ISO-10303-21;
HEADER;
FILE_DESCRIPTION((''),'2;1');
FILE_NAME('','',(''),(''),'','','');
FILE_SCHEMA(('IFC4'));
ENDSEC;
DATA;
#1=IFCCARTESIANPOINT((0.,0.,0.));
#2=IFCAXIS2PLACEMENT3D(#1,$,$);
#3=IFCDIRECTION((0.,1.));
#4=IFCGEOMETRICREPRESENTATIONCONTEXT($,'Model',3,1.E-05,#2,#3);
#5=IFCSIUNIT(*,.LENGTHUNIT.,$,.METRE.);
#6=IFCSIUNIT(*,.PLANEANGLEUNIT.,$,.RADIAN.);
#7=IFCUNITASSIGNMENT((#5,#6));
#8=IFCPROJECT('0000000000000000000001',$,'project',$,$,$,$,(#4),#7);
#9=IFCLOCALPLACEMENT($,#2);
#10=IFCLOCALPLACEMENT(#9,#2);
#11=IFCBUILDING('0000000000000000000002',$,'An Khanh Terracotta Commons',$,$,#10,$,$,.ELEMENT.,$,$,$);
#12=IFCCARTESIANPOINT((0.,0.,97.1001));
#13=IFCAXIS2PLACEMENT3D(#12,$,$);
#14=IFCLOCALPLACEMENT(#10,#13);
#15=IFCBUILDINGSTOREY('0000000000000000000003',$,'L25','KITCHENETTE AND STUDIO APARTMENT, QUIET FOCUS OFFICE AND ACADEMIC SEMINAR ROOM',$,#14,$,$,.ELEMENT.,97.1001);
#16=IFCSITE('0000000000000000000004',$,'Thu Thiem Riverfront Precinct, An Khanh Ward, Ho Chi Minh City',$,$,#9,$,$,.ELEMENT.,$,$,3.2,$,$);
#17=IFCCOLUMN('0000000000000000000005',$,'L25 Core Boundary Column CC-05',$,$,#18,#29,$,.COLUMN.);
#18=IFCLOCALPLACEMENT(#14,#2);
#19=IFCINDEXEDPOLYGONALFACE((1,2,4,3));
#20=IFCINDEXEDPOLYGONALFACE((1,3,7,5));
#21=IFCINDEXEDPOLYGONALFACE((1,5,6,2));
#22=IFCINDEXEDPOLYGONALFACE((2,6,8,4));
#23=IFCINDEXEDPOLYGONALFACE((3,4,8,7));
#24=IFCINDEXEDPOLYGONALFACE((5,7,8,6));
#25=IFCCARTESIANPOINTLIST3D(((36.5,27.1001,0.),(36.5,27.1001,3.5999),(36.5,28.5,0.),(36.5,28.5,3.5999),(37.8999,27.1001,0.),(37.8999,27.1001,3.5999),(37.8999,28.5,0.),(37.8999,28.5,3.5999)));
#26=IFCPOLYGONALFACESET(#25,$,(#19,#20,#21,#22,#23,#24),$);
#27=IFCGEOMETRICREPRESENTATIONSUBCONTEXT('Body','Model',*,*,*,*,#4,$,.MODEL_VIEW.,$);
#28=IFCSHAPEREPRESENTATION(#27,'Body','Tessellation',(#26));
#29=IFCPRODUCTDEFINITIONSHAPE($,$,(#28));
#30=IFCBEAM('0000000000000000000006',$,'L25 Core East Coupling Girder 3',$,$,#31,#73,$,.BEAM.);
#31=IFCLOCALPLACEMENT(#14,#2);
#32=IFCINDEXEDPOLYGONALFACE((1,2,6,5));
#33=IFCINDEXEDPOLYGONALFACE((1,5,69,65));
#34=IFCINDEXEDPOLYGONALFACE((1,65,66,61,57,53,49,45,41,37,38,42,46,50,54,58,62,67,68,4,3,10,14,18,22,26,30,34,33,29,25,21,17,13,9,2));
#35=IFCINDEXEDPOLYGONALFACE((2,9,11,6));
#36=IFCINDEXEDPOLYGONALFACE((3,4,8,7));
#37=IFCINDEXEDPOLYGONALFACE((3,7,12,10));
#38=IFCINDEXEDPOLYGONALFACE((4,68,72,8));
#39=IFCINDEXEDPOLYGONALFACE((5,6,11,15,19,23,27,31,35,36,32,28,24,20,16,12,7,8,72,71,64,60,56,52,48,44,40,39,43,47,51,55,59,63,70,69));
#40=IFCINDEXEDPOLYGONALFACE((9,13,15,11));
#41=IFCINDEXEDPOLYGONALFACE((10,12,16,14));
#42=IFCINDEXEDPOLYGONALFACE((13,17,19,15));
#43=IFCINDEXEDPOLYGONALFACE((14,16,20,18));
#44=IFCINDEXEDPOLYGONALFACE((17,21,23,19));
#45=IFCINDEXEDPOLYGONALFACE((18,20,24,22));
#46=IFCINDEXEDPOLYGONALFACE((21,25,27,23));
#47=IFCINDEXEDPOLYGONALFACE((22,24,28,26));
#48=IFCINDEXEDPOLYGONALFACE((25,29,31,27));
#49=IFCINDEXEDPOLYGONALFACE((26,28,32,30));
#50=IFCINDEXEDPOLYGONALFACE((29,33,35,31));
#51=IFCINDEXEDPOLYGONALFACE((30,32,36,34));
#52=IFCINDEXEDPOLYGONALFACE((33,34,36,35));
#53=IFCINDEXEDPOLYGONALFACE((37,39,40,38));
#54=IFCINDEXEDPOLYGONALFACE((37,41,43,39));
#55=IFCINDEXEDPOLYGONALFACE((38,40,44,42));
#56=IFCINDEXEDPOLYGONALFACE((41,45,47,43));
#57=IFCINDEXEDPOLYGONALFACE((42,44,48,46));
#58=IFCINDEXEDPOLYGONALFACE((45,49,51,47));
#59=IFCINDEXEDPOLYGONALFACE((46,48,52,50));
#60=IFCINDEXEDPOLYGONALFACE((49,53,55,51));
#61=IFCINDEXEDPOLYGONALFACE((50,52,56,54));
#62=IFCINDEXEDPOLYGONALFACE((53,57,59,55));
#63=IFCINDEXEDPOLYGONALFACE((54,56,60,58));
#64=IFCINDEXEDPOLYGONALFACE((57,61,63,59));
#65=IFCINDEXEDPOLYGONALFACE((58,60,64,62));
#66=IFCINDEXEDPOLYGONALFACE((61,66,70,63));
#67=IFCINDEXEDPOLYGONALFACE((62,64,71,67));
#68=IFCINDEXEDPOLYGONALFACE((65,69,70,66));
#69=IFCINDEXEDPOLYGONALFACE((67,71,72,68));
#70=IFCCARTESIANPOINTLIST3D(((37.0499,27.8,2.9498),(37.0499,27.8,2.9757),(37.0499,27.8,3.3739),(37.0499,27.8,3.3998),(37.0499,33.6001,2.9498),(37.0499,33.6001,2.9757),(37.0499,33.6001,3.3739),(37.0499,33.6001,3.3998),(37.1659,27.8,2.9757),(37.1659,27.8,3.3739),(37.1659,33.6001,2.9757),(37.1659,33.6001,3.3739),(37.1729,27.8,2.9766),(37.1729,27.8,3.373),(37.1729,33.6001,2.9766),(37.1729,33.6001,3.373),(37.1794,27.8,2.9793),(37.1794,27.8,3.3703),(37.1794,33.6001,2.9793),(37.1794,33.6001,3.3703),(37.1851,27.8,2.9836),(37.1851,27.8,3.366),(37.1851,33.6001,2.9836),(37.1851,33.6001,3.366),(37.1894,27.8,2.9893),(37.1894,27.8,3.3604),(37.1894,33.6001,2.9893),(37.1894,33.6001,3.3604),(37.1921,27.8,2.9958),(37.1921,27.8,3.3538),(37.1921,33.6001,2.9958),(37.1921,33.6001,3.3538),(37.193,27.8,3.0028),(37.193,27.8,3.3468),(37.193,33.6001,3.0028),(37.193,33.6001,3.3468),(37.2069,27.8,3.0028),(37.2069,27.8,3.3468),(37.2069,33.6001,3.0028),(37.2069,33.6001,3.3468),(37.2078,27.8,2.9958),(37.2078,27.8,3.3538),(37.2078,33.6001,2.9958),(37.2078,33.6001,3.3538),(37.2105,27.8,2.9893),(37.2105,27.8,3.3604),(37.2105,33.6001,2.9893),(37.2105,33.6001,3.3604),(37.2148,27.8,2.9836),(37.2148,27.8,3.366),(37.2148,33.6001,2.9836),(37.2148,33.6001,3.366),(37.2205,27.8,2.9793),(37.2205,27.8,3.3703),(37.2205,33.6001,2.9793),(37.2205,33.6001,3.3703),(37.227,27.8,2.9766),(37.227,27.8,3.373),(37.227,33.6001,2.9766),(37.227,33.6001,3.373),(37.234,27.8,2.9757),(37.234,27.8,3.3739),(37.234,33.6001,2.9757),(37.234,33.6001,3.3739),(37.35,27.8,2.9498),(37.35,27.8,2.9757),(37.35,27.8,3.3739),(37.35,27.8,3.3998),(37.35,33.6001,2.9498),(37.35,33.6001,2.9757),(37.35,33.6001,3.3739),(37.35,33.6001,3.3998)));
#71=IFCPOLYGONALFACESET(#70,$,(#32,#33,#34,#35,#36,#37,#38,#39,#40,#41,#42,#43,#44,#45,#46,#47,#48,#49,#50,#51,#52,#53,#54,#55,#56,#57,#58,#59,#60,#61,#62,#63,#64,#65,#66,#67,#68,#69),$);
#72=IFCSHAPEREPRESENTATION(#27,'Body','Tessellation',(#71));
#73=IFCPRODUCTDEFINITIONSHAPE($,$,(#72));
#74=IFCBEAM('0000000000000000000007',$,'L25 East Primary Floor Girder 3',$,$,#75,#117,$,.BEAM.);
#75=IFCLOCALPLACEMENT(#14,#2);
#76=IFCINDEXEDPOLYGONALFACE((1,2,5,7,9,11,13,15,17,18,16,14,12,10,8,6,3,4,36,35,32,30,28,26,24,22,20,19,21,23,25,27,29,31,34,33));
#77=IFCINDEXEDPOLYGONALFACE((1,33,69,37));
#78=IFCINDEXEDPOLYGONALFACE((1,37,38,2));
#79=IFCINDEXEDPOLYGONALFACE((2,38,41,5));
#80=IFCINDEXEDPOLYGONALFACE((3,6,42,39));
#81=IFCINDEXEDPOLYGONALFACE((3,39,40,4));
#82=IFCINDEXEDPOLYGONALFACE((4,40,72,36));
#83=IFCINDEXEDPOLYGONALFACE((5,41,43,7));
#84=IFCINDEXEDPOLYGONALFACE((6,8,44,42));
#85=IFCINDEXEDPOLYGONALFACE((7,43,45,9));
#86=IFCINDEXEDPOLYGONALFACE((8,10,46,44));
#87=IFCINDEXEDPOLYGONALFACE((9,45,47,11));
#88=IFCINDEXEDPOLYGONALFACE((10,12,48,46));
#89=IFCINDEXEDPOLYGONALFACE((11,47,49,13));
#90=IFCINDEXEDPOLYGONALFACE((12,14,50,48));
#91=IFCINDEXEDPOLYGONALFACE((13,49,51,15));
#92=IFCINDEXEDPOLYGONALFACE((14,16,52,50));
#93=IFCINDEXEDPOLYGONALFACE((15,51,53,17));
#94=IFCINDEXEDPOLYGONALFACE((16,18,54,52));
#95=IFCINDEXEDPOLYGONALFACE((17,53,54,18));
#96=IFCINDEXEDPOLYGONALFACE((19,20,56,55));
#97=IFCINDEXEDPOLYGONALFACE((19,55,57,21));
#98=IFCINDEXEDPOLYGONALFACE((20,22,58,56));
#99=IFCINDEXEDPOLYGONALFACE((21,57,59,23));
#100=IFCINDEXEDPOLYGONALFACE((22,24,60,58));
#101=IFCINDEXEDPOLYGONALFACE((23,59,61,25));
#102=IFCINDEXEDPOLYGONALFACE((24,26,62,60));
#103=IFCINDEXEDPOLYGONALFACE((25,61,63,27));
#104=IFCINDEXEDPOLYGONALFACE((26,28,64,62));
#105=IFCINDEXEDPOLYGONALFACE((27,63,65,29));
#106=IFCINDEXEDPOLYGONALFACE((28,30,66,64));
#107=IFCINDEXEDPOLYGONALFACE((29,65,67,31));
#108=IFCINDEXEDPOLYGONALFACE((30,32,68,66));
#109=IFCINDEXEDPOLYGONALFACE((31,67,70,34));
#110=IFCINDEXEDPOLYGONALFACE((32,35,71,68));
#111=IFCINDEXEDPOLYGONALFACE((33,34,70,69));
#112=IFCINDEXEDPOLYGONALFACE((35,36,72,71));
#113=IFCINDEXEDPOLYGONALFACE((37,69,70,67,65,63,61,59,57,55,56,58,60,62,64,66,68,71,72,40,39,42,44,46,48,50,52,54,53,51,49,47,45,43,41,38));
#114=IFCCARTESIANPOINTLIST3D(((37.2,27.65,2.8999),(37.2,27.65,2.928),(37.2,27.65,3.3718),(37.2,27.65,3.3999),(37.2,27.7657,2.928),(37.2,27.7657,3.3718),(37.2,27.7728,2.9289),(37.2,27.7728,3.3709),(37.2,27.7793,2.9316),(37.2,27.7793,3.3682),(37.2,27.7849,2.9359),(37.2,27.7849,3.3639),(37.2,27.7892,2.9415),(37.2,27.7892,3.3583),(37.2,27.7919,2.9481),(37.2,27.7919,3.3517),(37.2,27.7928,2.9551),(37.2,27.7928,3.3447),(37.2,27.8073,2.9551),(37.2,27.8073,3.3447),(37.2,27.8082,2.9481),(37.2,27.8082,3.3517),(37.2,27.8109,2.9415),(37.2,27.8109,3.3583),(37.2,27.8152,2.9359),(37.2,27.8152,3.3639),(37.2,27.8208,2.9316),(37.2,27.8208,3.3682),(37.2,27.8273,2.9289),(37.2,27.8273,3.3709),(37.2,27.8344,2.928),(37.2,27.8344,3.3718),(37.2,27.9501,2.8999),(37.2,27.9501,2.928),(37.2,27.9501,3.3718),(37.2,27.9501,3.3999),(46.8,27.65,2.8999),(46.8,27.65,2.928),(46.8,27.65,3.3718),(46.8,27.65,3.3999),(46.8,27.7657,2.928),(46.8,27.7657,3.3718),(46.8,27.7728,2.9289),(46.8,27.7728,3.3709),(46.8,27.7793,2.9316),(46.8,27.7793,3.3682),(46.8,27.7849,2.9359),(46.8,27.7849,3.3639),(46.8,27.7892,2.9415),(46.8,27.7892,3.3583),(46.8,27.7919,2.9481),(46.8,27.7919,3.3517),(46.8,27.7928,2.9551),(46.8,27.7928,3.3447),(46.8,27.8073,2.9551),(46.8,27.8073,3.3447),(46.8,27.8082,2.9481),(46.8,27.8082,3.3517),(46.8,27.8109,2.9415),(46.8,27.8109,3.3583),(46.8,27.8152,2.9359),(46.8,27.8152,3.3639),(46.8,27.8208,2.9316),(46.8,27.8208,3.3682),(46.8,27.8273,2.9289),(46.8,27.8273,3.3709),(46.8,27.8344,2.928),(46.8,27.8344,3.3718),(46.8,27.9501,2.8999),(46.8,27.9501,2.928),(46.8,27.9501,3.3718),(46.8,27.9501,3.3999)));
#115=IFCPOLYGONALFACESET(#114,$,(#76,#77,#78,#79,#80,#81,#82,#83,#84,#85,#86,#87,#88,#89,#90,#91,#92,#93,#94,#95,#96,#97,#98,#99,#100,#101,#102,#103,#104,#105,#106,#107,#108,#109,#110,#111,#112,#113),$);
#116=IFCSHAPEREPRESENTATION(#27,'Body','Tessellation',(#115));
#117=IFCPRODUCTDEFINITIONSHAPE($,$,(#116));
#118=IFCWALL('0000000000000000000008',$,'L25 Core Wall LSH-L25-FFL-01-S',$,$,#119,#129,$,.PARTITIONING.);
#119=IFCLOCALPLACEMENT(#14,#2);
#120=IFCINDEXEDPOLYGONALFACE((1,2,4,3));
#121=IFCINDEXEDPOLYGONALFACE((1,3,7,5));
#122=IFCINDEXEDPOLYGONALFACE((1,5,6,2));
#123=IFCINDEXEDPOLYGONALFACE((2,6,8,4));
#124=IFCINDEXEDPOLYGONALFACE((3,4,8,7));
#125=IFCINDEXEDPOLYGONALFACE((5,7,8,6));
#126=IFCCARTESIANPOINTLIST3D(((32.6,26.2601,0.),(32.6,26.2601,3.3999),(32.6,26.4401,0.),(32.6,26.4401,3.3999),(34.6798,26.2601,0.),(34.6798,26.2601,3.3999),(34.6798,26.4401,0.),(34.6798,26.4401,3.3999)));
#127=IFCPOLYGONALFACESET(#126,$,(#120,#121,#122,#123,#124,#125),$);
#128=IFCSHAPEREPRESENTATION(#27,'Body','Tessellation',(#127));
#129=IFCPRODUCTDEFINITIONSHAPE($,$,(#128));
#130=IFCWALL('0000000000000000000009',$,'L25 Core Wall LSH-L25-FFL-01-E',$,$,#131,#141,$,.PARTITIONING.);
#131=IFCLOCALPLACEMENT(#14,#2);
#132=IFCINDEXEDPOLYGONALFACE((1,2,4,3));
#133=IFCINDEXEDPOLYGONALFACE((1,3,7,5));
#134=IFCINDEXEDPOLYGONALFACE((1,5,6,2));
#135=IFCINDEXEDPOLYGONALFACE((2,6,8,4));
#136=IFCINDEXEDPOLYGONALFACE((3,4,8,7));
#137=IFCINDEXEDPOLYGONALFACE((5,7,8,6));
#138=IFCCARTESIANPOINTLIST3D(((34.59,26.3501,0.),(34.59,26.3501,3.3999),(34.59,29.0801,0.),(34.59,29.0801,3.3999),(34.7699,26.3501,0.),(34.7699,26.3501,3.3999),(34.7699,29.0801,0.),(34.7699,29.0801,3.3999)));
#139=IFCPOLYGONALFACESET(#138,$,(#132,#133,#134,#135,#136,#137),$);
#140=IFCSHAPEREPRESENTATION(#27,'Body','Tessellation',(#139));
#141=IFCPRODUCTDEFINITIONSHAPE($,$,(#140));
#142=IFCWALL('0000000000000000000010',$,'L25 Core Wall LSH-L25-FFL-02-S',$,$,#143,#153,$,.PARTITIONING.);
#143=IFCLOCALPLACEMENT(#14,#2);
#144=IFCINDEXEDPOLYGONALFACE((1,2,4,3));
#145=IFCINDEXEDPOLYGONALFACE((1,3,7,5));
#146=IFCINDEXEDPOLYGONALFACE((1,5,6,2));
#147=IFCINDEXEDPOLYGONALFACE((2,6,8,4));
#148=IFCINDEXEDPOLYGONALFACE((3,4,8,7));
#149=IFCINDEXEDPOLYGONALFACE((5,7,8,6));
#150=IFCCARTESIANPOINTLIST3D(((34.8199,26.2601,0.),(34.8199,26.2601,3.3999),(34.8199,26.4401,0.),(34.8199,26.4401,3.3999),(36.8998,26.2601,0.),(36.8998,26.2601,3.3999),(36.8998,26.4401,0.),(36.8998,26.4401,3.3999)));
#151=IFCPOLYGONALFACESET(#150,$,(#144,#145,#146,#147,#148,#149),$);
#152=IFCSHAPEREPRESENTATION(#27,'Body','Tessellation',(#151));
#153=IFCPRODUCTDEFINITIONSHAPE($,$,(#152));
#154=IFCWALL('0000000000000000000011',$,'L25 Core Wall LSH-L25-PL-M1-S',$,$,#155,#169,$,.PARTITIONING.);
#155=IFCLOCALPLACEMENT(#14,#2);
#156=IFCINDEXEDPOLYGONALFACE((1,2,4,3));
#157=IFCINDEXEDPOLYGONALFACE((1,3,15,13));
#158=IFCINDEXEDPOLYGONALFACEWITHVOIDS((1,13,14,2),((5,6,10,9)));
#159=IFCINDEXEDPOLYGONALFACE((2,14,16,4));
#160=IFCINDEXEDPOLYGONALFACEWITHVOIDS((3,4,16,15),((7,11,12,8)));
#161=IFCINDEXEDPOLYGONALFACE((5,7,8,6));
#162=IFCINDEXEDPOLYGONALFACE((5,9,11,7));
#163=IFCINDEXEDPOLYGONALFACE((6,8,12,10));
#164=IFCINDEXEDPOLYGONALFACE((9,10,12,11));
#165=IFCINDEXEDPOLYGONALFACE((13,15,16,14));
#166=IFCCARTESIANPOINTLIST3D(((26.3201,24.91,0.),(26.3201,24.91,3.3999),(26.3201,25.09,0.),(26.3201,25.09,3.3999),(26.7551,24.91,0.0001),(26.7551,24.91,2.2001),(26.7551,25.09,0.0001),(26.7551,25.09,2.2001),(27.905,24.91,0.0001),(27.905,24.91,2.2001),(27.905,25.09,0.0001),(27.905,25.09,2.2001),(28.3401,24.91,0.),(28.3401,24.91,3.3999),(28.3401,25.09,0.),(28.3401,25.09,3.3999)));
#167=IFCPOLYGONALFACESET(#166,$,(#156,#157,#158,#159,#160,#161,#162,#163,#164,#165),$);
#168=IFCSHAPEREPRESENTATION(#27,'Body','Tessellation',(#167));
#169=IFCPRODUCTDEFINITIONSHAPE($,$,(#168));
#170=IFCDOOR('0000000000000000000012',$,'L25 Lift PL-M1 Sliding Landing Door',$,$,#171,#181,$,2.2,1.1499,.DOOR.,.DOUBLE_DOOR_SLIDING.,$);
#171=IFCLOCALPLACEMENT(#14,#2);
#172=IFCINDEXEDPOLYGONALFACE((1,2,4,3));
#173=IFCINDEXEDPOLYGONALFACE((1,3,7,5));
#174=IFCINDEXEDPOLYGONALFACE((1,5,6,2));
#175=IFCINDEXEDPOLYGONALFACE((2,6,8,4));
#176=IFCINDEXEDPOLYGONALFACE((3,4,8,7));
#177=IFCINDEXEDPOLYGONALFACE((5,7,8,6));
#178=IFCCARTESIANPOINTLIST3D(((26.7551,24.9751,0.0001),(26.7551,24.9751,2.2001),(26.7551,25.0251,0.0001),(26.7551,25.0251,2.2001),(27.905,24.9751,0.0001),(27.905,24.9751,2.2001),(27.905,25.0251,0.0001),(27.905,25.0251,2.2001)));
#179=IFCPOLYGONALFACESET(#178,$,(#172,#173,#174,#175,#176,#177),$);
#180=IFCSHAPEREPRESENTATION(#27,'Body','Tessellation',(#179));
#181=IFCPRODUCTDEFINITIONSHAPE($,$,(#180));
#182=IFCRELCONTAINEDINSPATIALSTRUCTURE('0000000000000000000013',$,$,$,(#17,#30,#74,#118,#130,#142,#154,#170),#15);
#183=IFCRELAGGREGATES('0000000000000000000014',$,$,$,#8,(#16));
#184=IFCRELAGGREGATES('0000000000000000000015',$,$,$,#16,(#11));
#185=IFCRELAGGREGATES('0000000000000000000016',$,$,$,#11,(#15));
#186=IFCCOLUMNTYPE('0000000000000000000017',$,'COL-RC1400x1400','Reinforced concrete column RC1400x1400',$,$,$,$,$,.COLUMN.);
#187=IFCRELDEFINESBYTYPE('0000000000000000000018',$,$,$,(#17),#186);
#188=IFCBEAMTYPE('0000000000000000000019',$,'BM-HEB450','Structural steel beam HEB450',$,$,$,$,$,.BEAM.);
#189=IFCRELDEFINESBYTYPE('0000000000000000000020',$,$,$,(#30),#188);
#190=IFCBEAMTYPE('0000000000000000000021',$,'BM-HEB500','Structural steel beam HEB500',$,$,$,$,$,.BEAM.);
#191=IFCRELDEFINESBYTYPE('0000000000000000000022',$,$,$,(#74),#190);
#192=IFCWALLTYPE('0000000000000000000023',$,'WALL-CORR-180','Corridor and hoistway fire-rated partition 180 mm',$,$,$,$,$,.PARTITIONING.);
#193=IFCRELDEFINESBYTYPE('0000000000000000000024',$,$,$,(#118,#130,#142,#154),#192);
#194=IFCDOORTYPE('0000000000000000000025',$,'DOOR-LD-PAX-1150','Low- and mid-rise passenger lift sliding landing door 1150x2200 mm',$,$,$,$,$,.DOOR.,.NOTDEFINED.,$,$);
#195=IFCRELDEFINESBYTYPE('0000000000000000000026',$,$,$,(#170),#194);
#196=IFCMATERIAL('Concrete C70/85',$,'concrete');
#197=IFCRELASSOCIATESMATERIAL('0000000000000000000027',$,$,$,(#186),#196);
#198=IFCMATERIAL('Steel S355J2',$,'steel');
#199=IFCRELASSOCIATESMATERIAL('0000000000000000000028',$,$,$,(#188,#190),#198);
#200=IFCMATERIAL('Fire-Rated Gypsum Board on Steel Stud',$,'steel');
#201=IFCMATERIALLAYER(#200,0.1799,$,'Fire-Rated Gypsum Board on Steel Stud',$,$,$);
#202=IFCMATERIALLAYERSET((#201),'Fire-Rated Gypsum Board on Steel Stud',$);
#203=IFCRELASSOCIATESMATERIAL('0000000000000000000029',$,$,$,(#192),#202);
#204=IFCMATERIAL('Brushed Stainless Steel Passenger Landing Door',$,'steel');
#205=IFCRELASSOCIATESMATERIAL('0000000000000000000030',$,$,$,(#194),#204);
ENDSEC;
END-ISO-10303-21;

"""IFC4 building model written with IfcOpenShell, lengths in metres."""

from ifc_helpers import new_model, si_unit, direction, frame, frame_2d, origin, origin_2d, place, context, subcontext, project, spatial, rectangle, i_section, extrude, material, layer, layer_set, material_profile, profile_set, type_object, element, fill, save


model = new_model("IFC4")

# Units and contexts
model_context = context("Model", 3, precision=1e-05, world=origin(), true_north=direction((0.0, 1.0)))
body_context = subcontext(model_context, "Body", "Model", "MODEL_VIEW")
ifc_project = project(units=[si_unit("LENGTHUNIT", "METRE"), si_unit("PLANEANGLEUNIT", "RADIAN")], contexts=[model_context])

# Site, building, storey
site_placement = place(None, origin())
site = spatial("IfcSite", under=ifc_project, at=site_placement, Name="Thu Thiem Riverfront Precinct, An Khanh Ward, Ho Chi Minh City", CompositionType="ELEMENT", RefElevation=3.2)
building_placement = place(site_placement, origin())
building = spatial("IfcBuilding", under=site, at=building_placement, Name="An Khanh Terracotta Commons", CompositionType="ELEMENT")
storey_placement = place(building_placement, frame((0.0, 0.0, 97.1001)))
storey = spatial("IfcBuildingStorey", under=building, at=storey_placement, Name="L25", Description="KITCHENETTE AND STUDIO APARTMENT, QUIET FOCUS OFFICE AND ACADEMIC SEMINAR ROOM", CompositionType="ELEMENT", Elevation=97.1001)

# Column
ifc_material_1 = material(Name="Concrete C70/85", Category="concrete")
ifc_material_profile_1 = material_profile(ifc_material_1, rectangle(XDim=1.3999, YDim=1.3999, at=origin_2d()), Name="RC1400x1400")
ifc_profile_set_1 = profile_set([ifc_material_profile_1], Name="Concrete C70/85")
column_type = type_object("IfcColumnType", Name="COL-RC1400x1400", Description="Reinforced concrete column RC1400x1400", PredefinedType="COLUMN", material=ifc_profile_set_1)
column_placement = place(storey_placement, frame((37.2, 27.8, 0.0), z_axis=(0.0, 0.0, 1.0), x_axis=(1.0, 0.0, 0.0)))
element("IfcColumn", 1, at=column_placement, inside=storey, type_object=column_type, Name="L25 Core Boundary Column CC-05", PredefinedType="COLUMN", context=body_context, shape_type="SweptSolid", body=[
    extrude(rectangle(XDim=1.3999, YDim=1.3999, at=origin_2d()), origin(), (0.0, 0.0, 1.0), 3.5999),
])

# Beams
ifc_material_2 = material(Name="Steel S355J2", Category="steel")
ifc_material_profile_2 = material_profile(ifc_material_2, i_section(OverallWidth=0.3, OverallDepth=0.45, WebThickness=0.0139, FlangeThickness=0.0259, FilletRadius=0.0271, at=origin_2d()), Name="HEB450")
ifc_profile_set_2 = profile_set([ifc_material_profile_2], Name="Steel S355J2")
beam_type_1 = type_object("IfcBeamType", Name="BM-HEB450", Description="Structural steel beam HEB450", PredefinedType="BEAM", material=ifc_profile_set_2)
beam_1_placement = place(storey_placement, frame((37.2, 27.8, 3.1748), z_axis=(0.0, 1.0, 0.0), x_axis=(-1.0, 0.0, 0.0)))
element("IfcBeam", 2, at=beam_1_placement, inside=storey, type_object=beam_type_1, Name="L25 Core East Coupling Girder 3", PredefinedType="BEAM", context=body_context, shape_type="SweptSolid", body=[
    extrude(i_section(OverallWidth=0.3, OverallDepth=0.45, WebThickness=0.0139, FlangeThickness=0.0259, FilletRadius=0.0271, at=origin_2d()), origin(), (0.0, 0.0, 1.0), 5.8),
])
ifc_material_profile_3 = material_profile(ifc_material_2, i_section(OverallWidth=0.3, OverallDepth=0.5, WebThickness=0.0144, FlangeThickness=0.0281, FilletRadius=0.0271, at=origin_2d()), Name="HEB500")
ifc_profile_set_3 = profile_set([ifc_material_profile_3], Name="Steel S355J2")
beam_type_2 = type_object("IfcBeamType", Name="BM-HEB500", Description="Structural steel beam HEB500", PredefinedType="BEAM", material=ifc_profile_set_3)
beam_2_placement = place(storey_placement, frame((37.2, 27.8, 3.1499), z_axis=(1.0, 0.0, 0.0), x_axis=(0.0, 1.0, 0.0)))
element("IfcBeam", 3, at=beam_2_placement, inside=storey, type_object=beam_type_2, Name="L25 East Primary Floor Girder 3", PredefinedType="BEAM", context=body_context, shape_type="SweptSolid", body=[
    extrude(i_section(OverallWidth=0.3, OverallDepth=0.5, WebThickness=0.0144, FlangeThickness=0.0281, FilletRadius=0.0271, at=origin_2d()), origin(), (0.0, 0.0, 1.0), 9.6001),
])

# Walls
ifc_material_3 = material(Name="Fire-Rated Gypsum Board on Steel Stud", Category="steel")
ifc_layer_1 = layer(ifc_material_3, 0.1799, Name="Fire-Rated Gypsum Board on Steel Stud")
ifc_layer_set_1 = layer_set([ifc_layer_1], Name="Fire-Rated Gypsum Board on Steel Stud")
wall_type_1 = type_object("IfcWallType", Name="WALL-CORR-180", Description="Corridor and hoistway fire-rated partition 180 mm", PredefinedType="PARTITIONING", material=ifc_layer_set_1)
wall_1_placement = place(storey_placement, frame((34.6799, 26.3501, 0.0), z_axis=(0.0, 0.0, 1.0), x_axis=(-1.0, 0.0, 0.0)))
element("IfcWall", 4, at=wall_1_placement, inside=storey, type_object=wall_type_1, Name="L25 Core Wall LSH-L25-FFL-01-S", PredefinedType="PARTITIONING", context=body_context, shape_type="SweptSolid", body=[
    extrude(rectangle(XDim=2.0798, YDim=0.1799, at=frame_2d((1.04, 0.0))), origin(), (0.0, 0.0, 1.0), 3.3999),
])
wall_2_placement = place(storey_placement, frame((34.6799, 26.3501, 0.0), z_axis=(0.0, 0.0, 1.0), x_axis=(0.0, 1.0, 0.0)))
element("IfcWall", 5, at=wall_2_placement, inside=storey, type_object=wall_type_1, Name="L25 Core Wall LSH-L25-FFL-01-E", PredefinedType="PARTITIONING", context=body_context, shape_type="SweptSolid", body=[
    extrude(rectangle(XDim=2.73, YDim=0.1799, at=frame_2d((1.365, 0.0))), origin(), (0.0, 0.0, 1.0), 3.3999),
])
wall_3_placement = place(storey_placement, frame((36.8999, 26.3501, 0.0), z_axis=(0.0, 0.0, 1.0), x_axis=(-1.0, 0.0, 0.0)))
element("IfcWall", 6, at=wall_3_placement, inside=storey, type_object=wall_type_1, Name="L25 Core Wall LSH-L25-FFL-02-S", PredefinedType="PARTITIONING", context=body_context, shape_type="SweptSolid", body=[
    extrude(rectangle(XDim=2.0798, YDim=0.1799, at=frame_2d((1.04, 0.0))), origin(), (0.0, 0.0, 1.0), 3.3999),
])

# Wall, opening, door
wall_4_placement = place(storey_placement, frame((28.3401, 25.0, 0.0), z_axis=(0.0, 0.0, 1.0), x_axis=(-1.0, 0.0, 0.0)))
wall_4 = element("IfcWall", 7, at=wall_4_placement, inside=storey, type_object=wall_type_1, Name="L25 Core Wall LSH-L25-PL-M1-S", PredefinedType="PARTITIONING", context=body_context, shape_type="SweptSolid", body=[
    extrude(rectangle(XDim=2.02, YDim=0.1799, at=frame_2d((1.01, 0.0))), origin(), (0.0, 0.0, 1.0), 3.3999),
])
opening_1_placement = place(wall_4_placement, frame((0.4351, 0.0, 0.0)))
opening_1 = element("IfcOpeningElement", 8, at=opening_1_placement, cuts=wall_4, PredefinedType="OPENING", context=body_context, shape_type="SweptSolid", body=[
    extrude(rectangle(XDim=1.1499, YDim=2.2, at=frame_2d((0.575, 1.1001))), frame((0.0, 0.0999, 0.0), z_axis=(0.0, -1.0, 0.0), x_axis=(1.0, 0.0, 0.0)), (0.0, 0.0, 1.0), 0.2),
])
ifc_material_4 = material(Name="Brushed Stainless Steel Passenger Landing Door", Category="steel")
door_type = type_object("IfcDoorType", Name="DOOR-LD-PAX-1150", Description="Low- and mid-rise passenger lift sliding landing door 1150x2200 mm", OperationType="NOTDEFINED", PredefinedType="DOOR", material=ifc_material_4)
door_1_placement = place(opening_1_placement, origin())
door_1 = element("IfcDoor", 9, at=door_1_placement, inside=storey, type_object=door_type, Name="L25 Lift PL-M1 Sliding Landing Door", OperationType="DOUBLE_DOOR_SLIDING", OverallHeight=2.2, OverallWidth=1.1499, PredefinedType="DOOR", context=body_context, shape_type="SweptSolid", body=[
    extrude(rectangle(XDim=1.1499, YDim=2.2, at=frame_2d((0.575, 1.1001))), frame((0.0, 0.0249, 0.0), z_axis=(0.0, -1.0, 0.0), x_axis=(1.0, 0.0, 0.0)), (0.0, 0.0, 1.0), 0.05),
])
fill(opening_1, door_1)

save(model, "model.ifc")
